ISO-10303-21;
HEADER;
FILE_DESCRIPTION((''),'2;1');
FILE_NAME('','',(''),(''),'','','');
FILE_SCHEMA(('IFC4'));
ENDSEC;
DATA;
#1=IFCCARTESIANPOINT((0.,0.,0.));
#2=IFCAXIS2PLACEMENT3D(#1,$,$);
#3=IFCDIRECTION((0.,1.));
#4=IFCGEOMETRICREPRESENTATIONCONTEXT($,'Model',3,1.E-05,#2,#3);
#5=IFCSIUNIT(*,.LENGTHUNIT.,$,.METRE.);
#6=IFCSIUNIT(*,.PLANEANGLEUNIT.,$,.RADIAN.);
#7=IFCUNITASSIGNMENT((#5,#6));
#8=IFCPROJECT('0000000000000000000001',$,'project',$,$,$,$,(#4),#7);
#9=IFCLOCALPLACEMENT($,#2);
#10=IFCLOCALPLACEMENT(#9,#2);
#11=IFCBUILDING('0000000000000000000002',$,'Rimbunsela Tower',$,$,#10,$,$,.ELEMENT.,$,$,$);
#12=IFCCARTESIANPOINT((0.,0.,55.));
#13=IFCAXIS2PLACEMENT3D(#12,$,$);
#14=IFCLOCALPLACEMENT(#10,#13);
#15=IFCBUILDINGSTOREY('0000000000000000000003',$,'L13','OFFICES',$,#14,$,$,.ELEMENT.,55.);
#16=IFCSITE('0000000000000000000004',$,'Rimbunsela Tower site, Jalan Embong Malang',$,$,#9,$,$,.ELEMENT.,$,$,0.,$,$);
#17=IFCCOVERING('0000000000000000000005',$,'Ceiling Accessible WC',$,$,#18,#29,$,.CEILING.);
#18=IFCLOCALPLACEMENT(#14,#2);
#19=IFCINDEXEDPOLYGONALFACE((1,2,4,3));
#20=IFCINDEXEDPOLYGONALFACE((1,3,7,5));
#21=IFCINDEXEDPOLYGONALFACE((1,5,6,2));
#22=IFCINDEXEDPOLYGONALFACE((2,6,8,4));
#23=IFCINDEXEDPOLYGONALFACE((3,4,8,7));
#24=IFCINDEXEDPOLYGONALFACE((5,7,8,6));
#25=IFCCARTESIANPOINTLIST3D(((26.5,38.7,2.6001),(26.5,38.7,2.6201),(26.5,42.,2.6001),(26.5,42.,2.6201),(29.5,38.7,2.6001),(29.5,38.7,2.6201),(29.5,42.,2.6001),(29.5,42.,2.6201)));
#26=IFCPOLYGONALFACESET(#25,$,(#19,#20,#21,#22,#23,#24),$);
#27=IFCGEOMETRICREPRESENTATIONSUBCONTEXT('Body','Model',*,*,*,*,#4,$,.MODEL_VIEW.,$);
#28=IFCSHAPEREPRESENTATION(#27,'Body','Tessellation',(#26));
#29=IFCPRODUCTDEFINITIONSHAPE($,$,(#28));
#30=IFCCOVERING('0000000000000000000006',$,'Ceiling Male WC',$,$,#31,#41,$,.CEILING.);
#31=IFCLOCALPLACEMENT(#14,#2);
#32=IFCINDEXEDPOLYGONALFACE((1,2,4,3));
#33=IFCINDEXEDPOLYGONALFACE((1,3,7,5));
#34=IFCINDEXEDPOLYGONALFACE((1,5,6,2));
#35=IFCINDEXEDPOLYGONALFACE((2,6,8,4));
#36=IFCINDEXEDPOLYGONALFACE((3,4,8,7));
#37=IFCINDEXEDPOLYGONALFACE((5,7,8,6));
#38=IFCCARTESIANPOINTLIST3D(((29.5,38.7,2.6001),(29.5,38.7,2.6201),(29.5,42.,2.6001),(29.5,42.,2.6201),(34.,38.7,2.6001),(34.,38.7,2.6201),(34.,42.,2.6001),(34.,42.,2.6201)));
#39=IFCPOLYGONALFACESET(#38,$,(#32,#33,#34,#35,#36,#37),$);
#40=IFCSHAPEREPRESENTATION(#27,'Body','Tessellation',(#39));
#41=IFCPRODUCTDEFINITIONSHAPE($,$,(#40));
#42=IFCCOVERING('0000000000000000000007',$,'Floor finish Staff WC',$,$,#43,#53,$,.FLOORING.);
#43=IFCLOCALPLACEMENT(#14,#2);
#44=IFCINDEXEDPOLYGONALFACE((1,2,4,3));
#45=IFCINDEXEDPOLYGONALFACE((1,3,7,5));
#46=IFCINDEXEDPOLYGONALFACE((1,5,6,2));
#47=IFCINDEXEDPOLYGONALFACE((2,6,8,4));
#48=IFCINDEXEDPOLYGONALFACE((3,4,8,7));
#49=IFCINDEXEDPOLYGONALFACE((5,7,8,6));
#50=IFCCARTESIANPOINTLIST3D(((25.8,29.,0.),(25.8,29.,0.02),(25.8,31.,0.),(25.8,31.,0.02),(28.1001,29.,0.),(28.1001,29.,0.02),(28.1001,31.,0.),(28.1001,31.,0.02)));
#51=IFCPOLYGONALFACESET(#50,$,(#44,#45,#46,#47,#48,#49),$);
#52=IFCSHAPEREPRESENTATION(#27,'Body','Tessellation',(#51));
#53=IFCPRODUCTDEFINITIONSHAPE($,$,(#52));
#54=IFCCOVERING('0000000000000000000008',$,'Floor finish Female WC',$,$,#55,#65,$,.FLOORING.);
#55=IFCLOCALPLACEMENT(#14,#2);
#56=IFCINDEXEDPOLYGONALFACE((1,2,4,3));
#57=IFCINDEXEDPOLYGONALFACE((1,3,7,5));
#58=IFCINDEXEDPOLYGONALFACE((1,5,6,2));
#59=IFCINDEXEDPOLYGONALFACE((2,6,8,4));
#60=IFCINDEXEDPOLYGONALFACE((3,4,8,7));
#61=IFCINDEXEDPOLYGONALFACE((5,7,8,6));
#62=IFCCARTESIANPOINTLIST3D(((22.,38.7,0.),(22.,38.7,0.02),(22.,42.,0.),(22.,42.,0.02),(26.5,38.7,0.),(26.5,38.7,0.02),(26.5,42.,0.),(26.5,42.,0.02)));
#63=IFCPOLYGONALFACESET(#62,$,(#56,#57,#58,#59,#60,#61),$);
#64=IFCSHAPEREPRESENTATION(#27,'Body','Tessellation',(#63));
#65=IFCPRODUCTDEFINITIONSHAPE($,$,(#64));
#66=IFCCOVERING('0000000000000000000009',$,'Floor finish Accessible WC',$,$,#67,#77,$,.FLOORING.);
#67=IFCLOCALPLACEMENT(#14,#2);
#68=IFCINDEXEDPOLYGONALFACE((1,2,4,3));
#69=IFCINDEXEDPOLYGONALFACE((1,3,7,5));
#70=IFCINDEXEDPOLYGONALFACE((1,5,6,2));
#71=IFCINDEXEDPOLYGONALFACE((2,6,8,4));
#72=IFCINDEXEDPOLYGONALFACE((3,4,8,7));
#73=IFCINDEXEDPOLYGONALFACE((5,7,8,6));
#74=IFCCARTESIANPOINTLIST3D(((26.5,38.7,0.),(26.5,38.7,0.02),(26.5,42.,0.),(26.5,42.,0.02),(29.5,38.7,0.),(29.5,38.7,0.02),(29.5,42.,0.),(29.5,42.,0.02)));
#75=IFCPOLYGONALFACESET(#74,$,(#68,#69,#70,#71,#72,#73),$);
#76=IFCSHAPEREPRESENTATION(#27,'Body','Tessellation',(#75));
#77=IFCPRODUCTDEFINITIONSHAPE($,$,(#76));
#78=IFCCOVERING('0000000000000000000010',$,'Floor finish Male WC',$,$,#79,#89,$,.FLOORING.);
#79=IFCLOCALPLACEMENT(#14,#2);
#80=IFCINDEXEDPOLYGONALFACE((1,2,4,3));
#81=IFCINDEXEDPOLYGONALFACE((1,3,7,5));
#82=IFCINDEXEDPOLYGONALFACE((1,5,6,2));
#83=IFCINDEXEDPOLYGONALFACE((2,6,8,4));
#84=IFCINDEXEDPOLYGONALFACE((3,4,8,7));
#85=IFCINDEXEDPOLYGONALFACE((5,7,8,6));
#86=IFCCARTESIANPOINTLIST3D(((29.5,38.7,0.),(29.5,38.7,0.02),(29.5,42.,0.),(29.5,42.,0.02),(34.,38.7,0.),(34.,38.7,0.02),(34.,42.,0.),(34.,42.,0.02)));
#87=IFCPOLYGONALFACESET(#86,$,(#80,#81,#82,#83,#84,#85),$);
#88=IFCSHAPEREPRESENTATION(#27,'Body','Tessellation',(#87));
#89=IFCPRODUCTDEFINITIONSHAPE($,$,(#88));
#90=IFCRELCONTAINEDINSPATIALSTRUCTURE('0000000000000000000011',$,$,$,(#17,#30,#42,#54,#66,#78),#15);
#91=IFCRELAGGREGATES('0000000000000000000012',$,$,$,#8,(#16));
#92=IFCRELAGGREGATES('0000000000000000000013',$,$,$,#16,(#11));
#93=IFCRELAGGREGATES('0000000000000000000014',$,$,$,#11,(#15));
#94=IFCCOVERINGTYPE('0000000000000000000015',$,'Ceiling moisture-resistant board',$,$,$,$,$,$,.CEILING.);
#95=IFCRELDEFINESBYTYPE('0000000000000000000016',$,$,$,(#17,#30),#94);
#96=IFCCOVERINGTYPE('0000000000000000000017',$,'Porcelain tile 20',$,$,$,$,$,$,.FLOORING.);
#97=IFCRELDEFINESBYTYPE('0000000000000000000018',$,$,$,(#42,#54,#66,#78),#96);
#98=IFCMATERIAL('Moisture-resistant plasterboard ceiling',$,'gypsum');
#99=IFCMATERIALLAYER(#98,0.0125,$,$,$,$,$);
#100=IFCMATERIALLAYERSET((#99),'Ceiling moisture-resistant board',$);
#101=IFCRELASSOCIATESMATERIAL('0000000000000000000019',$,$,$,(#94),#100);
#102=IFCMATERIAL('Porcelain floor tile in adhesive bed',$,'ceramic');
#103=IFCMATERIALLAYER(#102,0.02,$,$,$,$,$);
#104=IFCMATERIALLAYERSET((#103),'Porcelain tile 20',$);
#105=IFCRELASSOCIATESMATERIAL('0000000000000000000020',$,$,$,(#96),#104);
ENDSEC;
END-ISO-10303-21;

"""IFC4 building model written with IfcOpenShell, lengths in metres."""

from ifc_helpers import new_model, si_unit, direction, frame, origin, place, context, subcontext, project, spatial, polyline, outline, extrude, material, layer, layer_set, type_object, element, save


model = new_model("IFC4")

# Units and contexts
model_context = context("Model", 3, precision=1e-05, world=origin(), true_north=direction((0.0, 1.0)))
body_context = subcontext(model_context, "Body", "Model", "MODEL_VIEW")
ifc_project = project(units=[si_unit("LENGTHUNIT", "METRE"), si_unit("PLANEANGLEUNIT", "RADIAN")], contexts=[model_context])

# Site, building, storey
site_placement = place(None, origin())
site = spatial("IfcSite", under=ifc_project, at=site_placement, Name="Rimbunsela Tower site, Jalan Embong Malang", CompositionType="ELEMENT", RefElevation=0.0)
building_placement = place(site_placement, origin())
building = spatial("IfcBuilding", under=site, at=building_placement, Name="Rimbunsela Tower", CompositionType="ELEMENT")
storey_placement = place(building_placement, frame((0.0, 0.0, 55.0)))
storey = spatial("IfcBuildingStorey", under=building, at=storey_placement, Name="L13", Description="OFFICES", CompositionType="ELEMENT", Elevation=55.0)

# Coverings
ifc_material_1 = material(Name="Moisture-resistant plasterboard ceiling", Category="gypsum")
ifc_layer_1 = layer(ifc_material_1, 0.0125)
ifc_layer_set_1 = layer_set([ifc_layer_1], Name="Ceiling moisture-resistant board")
covering_type_1 = type_object("IfcCoveringType", Name="Ceiling moisture-resistant board", PredefinedType="CEILING", material=ifc_layer_set_1)
covering_1_placement = place(storey_placement, frame((0.0, 0.0, 2.6001)))
element("IfcCovering", 1, at=covering_1_placement, inside=storey, type_object=covering_type_1, Name="Ceiling Accessible WC", PredefinedType="CEILING", context=body_context, shape_type="SweptSolid", body=[
    extrude(outline(polyline([(29.5, 38.7), (29.5, 42.0), (26.5, 42.0), (26.5, 38.7), (29.5, 38.7)])), origin(), (0.0, 0.0, 1.0), 0.02),
])
covering_2_placement = place(storey_placement, frame((0.0, 0.0, 2.6001)))
element("IfcCovering", 2, at=covering_2_placement, inside=storey, type_object=covering_type_1, Name="Ceiling Male WC", PredefinedType="CEILING", context=body_context, shape_type="SweptSolid", body=[
    extrude(outline(polyline([(34.0, 38.7), (34.0, 42.0), (29.5, 42.0), (29.5, 38.7), (34.0, 38.7)])), origin(), (0.0, 0.0, 1.0), 0.02),
])
ifc_material_2 = material(Name="Porcelain floor tile in adhesive bed", Category="ceramic")
ifc_layer_2 = layer(ifc_material_2, 0.02)
ifc_layer_set_2 = layer_set([ifc_layer_2], Name="Porcelain tile 20")
covering_type_2 = type_object("IfcCoveringType", Name="Porcelain tile 20", PredefinedType="FLOORING", material=ifc_layer_set_2)
covering_3_placement = place(storey_placement, origin())
element("IfcCovering", 3, at=covering_3_placement, inside=storey, type_object=covering_type_2, Name="Floor finish Staff WC", PredefinedType="FLOORING", context=body_context, shape_type="SweptSolid", body=[
    extrude(outline(polyline([(28.1001, 29.0), (28.1001, 31.0), (25.8, 31.0), (25.8, 29.0), (28.1001, 29.0)])), origin(), (0.0, 0.0, 1.0), 0.02),
])
covering_4_placement = place(storey_placement, origin())
element("IfcCovering", 4, at=covering_4_placement, inside=storey, type_object=covering_type_2, Name="Floor finish Female WC", PredefinedType="FLOORING", context=body_context, shape_type="SweptSolid", body=[
    extrude(outline(polyline([(26.5, 38.7), (26.5, 42.0), (22.0, 42.0), (22.0, 38.7), (26.5, 38.7)])), origin(), (0.0, 0.0, 1.0), 0.02),
])
covering_5_placement = place(storey_placement, origin())
element("IfcCovering", 5, at=covering_5_placement, inside=storey, type_object=covering_type_2, Name="Floor finish Accessible WC", PredefinedType="FLOORING", context=body_context, shape_type="SweptSolid", body=[
    extrude(outline(polyline([(29.5, 38.7), (29.5, 42.0), (26.5, 42.0), (26.5, 38.7), (29.5, 38.7)])), origin(), (0.0, 0.0, 1.0), 0.02),
])
covering_6_placement = place(storey_placement, origin())
element("IfcCovering", 6, at=covering_6_placement, inside=storey, type_object=covering_type_2, Name="Floor finish Male WC", PredefinedType="FLOORING", context=body_context, shape_type="SweptSolid", body=[
    extrude(outline(polyline([(34.0, 38.7), (34.0, 42.0), (29.5, 42.0), (29.5, 38.7), (34.0, 38.7)])), origin(), (0.0, 0.0, 1.0), 0.02),
])

save(model, "model.ifc")
